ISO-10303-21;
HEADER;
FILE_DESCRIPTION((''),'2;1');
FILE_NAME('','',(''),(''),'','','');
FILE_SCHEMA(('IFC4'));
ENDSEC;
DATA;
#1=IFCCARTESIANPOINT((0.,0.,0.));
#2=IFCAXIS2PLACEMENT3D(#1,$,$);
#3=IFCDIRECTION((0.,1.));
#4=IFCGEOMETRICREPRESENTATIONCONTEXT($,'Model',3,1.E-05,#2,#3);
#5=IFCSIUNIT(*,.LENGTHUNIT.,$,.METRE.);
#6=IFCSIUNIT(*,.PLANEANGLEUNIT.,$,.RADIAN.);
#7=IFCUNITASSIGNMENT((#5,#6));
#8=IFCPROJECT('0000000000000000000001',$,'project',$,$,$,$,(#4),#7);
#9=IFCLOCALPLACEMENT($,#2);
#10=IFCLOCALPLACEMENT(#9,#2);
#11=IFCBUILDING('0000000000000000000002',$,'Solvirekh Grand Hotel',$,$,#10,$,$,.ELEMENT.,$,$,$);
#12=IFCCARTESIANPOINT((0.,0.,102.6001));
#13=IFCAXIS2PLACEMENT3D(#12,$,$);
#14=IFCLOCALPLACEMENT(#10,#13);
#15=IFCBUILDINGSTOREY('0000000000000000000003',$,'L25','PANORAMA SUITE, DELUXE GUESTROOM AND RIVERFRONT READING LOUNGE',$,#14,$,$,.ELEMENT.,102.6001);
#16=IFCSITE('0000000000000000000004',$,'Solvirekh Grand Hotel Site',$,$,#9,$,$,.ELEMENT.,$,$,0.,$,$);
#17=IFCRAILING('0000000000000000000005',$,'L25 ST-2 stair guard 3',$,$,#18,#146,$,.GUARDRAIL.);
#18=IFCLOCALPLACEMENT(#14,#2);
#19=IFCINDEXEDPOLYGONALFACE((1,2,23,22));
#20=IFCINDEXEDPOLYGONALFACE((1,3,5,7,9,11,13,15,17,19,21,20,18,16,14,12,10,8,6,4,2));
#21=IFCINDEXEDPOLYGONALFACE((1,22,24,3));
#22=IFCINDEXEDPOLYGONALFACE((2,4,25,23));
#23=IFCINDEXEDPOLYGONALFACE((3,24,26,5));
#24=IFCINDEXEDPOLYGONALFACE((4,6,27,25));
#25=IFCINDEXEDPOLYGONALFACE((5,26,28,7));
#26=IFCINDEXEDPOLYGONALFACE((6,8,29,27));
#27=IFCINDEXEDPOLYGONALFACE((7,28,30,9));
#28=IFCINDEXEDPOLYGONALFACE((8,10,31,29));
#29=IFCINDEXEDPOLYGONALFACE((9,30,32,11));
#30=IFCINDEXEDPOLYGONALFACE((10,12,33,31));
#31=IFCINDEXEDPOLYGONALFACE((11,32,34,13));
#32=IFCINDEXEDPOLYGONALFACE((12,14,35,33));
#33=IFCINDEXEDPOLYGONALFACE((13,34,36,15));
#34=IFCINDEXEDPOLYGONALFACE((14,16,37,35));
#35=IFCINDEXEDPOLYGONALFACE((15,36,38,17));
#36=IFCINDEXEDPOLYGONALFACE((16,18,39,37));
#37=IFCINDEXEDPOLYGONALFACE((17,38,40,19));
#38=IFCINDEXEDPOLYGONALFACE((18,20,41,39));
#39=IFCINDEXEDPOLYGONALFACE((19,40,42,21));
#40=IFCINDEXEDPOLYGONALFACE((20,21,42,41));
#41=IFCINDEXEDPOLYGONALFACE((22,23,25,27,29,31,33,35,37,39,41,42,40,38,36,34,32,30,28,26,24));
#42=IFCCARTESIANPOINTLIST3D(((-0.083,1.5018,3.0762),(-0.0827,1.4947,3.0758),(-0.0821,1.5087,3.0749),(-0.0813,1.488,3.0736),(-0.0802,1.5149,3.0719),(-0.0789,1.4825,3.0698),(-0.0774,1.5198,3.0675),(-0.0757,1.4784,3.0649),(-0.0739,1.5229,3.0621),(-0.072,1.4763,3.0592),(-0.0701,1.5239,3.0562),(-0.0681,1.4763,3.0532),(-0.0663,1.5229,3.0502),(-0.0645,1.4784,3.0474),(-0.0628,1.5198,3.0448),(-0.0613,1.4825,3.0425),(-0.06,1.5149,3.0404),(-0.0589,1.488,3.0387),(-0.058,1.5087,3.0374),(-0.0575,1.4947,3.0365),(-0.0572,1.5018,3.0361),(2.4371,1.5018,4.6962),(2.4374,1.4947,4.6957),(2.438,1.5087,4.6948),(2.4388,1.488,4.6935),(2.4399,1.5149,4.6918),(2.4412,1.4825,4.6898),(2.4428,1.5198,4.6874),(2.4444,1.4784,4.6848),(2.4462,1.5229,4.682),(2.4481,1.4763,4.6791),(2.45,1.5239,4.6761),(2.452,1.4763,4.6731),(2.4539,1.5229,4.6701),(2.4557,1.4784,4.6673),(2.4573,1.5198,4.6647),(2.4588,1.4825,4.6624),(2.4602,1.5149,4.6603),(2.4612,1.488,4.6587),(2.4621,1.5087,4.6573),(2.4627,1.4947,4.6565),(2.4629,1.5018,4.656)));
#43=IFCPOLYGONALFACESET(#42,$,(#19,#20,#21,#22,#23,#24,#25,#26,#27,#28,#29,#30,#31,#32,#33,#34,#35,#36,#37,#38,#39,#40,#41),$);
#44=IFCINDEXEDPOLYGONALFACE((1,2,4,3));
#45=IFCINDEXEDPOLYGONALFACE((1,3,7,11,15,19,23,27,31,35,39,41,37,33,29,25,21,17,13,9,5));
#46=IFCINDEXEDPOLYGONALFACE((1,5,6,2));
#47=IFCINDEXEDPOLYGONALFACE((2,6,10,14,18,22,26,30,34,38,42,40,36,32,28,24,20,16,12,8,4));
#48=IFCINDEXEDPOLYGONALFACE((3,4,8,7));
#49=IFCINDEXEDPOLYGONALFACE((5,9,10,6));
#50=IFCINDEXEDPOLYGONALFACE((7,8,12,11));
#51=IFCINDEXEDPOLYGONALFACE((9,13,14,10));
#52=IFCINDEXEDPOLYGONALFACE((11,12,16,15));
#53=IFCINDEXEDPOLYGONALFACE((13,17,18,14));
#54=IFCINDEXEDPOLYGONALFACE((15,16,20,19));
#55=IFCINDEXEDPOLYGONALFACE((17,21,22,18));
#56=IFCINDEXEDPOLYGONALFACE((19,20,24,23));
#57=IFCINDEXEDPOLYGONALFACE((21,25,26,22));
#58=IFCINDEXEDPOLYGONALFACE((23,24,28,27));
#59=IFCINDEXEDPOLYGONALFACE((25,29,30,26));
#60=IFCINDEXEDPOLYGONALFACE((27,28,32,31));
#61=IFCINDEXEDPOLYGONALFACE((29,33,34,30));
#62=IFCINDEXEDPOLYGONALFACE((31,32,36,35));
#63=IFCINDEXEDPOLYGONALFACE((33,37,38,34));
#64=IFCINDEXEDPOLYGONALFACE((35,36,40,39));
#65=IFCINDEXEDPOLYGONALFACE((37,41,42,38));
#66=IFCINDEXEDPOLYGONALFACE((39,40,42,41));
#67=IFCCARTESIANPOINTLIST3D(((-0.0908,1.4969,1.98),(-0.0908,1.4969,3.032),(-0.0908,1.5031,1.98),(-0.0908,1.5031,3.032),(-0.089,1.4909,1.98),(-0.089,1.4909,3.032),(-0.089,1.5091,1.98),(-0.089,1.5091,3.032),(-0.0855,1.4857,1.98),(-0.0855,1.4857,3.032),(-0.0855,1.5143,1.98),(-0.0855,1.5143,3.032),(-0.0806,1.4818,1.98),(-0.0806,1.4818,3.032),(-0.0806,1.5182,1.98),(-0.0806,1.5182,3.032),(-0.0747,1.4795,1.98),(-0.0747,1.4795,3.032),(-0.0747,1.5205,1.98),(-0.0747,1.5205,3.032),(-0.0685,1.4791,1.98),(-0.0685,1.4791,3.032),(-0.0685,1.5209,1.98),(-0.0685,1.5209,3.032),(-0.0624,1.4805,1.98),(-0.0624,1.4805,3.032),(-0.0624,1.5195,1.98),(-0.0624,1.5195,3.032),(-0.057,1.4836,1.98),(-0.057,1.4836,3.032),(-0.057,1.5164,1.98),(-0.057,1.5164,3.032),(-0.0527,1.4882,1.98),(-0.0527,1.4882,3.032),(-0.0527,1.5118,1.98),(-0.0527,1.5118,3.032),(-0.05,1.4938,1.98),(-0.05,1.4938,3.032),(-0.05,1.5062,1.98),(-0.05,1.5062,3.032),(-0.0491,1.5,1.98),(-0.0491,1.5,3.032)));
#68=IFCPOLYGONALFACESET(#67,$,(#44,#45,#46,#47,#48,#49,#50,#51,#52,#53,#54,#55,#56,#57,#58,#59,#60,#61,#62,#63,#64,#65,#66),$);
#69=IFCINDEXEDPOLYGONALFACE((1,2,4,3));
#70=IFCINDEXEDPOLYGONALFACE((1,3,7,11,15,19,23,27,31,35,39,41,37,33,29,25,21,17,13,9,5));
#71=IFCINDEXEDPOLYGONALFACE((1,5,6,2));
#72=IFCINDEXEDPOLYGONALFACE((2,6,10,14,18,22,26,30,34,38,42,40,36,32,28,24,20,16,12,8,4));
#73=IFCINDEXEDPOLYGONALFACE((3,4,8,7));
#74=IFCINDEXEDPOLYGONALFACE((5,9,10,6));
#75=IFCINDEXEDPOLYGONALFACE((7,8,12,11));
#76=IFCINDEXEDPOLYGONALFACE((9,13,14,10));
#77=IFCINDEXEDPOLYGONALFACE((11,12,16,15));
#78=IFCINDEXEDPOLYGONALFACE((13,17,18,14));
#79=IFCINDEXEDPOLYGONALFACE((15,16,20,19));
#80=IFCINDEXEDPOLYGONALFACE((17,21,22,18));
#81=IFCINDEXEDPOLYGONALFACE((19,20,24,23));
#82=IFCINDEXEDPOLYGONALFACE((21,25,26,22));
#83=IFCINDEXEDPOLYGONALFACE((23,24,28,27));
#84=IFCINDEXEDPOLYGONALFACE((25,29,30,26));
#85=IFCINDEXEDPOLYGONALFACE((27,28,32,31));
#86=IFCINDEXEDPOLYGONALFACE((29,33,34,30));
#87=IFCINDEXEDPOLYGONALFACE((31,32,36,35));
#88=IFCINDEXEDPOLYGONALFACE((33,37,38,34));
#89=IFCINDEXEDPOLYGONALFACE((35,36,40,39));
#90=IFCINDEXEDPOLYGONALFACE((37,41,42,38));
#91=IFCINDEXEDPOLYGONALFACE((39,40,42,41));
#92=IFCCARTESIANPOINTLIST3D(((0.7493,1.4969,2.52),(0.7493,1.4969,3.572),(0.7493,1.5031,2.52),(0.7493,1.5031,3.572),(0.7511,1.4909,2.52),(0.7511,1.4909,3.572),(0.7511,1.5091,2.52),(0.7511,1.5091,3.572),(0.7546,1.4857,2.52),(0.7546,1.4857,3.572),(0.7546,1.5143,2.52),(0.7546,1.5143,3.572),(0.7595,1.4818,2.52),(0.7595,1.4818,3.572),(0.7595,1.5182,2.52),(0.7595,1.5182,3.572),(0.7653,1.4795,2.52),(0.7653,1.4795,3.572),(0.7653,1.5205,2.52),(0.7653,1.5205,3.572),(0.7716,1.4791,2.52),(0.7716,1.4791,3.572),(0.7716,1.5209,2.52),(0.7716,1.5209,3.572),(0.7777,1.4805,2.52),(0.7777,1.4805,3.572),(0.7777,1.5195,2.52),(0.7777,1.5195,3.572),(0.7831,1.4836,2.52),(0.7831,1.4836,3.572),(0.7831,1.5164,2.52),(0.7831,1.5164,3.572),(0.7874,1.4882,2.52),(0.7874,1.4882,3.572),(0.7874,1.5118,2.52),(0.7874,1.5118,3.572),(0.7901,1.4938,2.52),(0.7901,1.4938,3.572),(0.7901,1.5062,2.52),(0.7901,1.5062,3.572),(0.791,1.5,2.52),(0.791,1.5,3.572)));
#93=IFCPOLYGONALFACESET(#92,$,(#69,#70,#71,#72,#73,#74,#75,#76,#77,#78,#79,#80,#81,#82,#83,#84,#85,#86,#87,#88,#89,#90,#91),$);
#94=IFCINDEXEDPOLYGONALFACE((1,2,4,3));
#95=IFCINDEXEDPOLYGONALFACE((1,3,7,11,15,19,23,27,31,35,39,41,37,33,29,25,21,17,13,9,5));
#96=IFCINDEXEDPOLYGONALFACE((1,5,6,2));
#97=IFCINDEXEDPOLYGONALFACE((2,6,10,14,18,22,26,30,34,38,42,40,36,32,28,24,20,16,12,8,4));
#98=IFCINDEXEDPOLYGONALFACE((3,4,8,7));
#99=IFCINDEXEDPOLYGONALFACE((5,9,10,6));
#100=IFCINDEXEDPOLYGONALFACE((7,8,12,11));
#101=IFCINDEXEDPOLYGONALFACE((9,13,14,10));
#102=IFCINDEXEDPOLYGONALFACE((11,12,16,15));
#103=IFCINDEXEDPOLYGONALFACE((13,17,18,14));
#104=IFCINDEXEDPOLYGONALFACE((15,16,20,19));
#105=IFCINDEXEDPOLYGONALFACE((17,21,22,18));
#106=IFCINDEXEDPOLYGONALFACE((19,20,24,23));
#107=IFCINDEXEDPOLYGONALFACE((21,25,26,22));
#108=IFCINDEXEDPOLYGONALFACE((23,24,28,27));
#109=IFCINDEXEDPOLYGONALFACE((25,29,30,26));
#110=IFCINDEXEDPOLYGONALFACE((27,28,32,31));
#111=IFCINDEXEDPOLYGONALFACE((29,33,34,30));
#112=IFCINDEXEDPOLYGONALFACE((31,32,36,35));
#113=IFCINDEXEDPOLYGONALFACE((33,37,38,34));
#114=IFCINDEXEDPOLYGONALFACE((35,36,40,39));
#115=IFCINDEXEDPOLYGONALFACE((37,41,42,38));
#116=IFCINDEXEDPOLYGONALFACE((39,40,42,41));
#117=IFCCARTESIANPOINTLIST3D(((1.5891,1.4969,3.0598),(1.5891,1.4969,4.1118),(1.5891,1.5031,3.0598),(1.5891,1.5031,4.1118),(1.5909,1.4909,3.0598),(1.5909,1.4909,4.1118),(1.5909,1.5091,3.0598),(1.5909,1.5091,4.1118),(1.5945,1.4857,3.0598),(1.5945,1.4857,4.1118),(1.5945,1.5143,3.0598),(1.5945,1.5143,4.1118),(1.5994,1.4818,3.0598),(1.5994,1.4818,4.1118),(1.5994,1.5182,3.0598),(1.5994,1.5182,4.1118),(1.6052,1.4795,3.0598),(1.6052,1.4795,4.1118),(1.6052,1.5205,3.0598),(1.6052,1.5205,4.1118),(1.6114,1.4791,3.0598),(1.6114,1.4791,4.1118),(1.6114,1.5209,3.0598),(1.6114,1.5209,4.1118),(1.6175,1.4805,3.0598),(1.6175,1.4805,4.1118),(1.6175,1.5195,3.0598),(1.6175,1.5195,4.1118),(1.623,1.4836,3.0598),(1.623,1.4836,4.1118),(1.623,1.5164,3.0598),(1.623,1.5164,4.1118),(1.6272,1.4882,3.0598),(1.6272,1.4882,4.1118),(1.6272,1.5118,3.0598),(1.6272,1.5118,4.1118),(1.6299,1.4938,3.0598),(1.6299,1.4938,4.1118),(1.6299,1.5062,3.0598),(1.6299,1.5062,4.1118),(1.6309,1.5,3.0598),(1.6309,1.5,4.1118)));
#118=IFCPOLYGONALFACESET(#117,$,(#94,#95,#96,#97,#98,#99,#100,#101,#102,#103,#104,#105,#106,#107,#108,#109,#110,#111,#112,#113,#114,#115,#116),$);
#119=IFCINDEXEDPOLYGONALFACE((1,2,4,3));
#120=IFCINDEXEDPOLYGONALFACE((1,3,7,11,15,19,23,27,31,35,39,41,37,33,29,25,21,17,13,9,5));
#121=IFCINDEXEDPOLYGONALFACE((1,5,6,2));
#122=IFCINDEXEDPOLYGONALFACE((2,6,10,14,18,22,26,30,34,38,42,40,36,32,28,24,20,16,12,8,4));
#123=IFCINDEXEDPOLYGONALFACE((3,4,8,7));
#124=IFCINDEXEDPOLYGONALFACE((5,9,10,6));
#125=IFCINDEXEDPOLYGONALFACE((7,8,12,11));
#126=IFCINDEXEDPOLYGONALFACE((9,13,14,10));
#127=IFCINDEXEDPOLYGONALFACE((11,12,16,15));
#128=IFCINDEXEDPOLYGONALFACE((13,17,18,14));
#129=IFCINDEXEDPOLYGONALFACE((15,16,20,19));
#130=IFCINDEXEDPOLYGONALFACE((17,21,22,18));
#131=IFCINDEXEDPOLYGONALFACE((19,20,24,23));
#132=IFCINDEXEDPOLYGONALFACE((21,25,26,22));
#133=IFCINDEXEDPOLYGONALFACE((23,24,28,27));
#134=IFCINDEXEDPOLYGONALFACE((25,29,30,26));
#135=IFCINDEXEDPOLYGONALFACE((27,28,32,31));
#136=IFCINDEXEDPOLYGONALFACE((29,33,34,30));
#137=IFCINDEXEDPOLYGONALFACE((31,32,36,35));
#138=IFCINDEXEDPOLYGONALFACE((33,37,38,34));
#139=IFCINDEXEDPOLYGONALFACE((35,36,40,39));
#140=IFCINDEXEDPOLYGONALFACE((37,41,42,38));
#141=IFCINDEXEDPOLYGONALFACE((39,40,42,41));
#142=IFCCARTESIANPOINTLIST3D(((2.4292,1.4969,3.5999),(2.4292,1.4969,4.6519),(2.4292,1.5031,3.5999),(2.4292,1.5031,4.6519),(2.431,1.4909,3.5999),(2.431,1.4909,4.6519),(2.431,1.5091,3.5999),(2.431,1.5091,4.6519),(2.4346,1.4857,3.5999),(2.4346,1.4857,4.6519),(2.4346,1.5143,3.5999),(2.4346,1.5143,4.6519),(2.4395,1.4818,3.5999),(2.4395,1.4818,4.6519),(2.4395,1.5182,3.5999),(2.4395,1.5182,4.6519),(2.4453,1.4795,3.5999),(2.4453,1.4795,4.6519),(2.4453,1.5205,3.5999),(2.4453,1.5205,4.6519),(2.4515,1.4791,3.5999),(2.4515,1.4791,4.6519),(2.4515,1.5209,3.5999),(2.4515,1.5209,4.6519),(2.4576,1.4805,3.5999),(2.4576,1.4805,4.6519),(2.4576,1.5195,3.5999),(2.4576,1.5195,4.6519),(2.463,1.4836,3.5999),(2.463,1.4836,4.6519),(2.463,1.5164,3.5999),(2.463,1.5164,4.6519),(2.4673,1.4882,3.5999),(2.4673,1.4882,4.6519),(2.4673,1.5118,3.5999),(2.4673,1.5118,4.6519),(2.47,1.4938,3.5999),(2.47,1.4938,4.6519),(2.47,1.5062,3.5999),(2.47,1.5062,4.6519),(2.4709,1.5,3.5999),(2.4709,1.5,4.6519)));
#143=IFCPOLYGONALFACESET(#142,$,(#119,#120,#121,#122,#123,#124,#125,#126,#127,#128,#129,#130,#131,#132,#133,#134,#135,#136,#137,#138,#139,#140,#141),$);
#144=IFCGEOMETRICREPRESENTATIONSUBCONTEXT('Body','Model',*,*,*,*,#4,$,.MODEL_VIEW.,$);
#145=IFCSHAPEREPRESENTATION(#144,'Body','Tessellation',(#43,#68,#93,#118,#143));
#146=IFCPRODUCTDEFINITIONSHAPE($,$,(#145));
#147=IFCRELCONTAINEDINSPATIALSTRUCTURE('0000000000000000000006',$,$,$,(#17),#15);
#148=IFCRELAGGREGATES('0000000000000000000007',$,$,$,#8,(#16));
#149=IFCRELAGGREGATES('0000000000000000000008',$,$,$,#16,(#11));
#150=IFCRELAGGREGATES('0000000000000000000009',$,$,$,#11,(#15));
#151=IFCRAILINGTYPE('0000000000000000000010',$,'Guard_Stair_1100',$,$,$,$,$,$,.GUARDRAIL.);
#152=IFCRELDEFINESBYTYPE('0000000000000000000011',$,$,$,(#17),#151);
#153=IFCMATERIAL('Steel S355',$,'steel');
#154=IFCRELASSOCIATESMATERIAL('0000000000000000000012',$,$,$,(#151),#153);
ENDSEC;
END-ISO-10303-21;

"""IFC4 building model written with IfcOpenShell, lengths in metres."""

from ifc_helpers import new_model, si_unit, direction, frame, origin, origin_2d, place, context, subcontext, project, spatial, circle, extrude, material, type_object, element, save


model = new_model("IFC4")

# Units and contexts
model_context = context("Model", 3, precision=1e-05, world=origin(), true_north=direction((0.0, 1.0)))
body_context = subcontext(model_context, "Body", "Model", "MODEL_VIEW")
ifc_project = project(units=[si_unit("LENGTHUNIT", "METRE"), si_unit("PLANEANGLEUNIT", "RADIAN")], contexts=[model_context])

# Site, building, storey
site_placement = place(None, origin())
site = spatial("IfcSite", under=ifc_project, at=site_placement, Name="Solvirekh Grand Hotel Site", CompositionType="ELEMENT", RefElevation=0.0)
building_placement = place(site_placement, origin())
building = spatial("IfcBuilding", under=site, at=building_placement, Name="Solvirekh Grand Hotel", CompositionType="ELEMENT")
storey_placement = place(building_placement, frame((0.0, 0.0, 102.6001)))
storey = spatial("IfcBuildingStorey", under=building, at=storey_placement, Name="L25", Description="PANORAMA SUITE, DELUXE GUESTROOM AND RIVERFRONT READING LOUNGE", CompositionType="ELEMENT", Elevation=102.6001)

# Shared definitions
ifc_material_1 = material(Name="Steel S355", Category="steel")

# Railing
railing_type_1 = type_object("IfcRailingType", Name="Guard_Stair_1100", PredefinedType="GUARDRAIL", material=ifc_material_1)
railing_1_placement = place(storey_placement, frame((-0.0701, 1.5, 1.98)))
element("IfcRailing", 1, at=railing_1_placement, inside=storey, type_object=railing_type_1, Name="L25 ST-2 stair guard 3", PredefinedType="GUARDRAIL", context=body_context, shape_type="SweptSolid", body=[
    extrude(circle(Radius=0.0239, at=origin_2d()), frame((0.0, 0.0, 1.0762), z_axis=(0.8412, 0.0, 0.540725), x_axis=(0.0, 1.0, 0.0)), (0.0, 0.0, 1.0), 2.9958),
    extrude(circle(Radius=0.021, at=origin_2d()), origin(), (0.0, 0.0, 1.0), 1.052),
    extrude(circle(Radius=0.021, at=origin_2d()), frame((0.8401, 0.0, 0.54)), (0.0, 0.0, 1.0), 1.052),
    extrude(circle(Radius=0.021, at=origin_2d()), frame((1.6799, 0.0, 1.0798)), (0.0, 0.0, 1.0), 1.052),
    extrude(circle(Radius=0.021, at=origin_2d()), frame((2.52, 0.0, 1.6199)), (0.0, 0.0, 1.0), 1.052),
])

save(model, "model.ifc")
